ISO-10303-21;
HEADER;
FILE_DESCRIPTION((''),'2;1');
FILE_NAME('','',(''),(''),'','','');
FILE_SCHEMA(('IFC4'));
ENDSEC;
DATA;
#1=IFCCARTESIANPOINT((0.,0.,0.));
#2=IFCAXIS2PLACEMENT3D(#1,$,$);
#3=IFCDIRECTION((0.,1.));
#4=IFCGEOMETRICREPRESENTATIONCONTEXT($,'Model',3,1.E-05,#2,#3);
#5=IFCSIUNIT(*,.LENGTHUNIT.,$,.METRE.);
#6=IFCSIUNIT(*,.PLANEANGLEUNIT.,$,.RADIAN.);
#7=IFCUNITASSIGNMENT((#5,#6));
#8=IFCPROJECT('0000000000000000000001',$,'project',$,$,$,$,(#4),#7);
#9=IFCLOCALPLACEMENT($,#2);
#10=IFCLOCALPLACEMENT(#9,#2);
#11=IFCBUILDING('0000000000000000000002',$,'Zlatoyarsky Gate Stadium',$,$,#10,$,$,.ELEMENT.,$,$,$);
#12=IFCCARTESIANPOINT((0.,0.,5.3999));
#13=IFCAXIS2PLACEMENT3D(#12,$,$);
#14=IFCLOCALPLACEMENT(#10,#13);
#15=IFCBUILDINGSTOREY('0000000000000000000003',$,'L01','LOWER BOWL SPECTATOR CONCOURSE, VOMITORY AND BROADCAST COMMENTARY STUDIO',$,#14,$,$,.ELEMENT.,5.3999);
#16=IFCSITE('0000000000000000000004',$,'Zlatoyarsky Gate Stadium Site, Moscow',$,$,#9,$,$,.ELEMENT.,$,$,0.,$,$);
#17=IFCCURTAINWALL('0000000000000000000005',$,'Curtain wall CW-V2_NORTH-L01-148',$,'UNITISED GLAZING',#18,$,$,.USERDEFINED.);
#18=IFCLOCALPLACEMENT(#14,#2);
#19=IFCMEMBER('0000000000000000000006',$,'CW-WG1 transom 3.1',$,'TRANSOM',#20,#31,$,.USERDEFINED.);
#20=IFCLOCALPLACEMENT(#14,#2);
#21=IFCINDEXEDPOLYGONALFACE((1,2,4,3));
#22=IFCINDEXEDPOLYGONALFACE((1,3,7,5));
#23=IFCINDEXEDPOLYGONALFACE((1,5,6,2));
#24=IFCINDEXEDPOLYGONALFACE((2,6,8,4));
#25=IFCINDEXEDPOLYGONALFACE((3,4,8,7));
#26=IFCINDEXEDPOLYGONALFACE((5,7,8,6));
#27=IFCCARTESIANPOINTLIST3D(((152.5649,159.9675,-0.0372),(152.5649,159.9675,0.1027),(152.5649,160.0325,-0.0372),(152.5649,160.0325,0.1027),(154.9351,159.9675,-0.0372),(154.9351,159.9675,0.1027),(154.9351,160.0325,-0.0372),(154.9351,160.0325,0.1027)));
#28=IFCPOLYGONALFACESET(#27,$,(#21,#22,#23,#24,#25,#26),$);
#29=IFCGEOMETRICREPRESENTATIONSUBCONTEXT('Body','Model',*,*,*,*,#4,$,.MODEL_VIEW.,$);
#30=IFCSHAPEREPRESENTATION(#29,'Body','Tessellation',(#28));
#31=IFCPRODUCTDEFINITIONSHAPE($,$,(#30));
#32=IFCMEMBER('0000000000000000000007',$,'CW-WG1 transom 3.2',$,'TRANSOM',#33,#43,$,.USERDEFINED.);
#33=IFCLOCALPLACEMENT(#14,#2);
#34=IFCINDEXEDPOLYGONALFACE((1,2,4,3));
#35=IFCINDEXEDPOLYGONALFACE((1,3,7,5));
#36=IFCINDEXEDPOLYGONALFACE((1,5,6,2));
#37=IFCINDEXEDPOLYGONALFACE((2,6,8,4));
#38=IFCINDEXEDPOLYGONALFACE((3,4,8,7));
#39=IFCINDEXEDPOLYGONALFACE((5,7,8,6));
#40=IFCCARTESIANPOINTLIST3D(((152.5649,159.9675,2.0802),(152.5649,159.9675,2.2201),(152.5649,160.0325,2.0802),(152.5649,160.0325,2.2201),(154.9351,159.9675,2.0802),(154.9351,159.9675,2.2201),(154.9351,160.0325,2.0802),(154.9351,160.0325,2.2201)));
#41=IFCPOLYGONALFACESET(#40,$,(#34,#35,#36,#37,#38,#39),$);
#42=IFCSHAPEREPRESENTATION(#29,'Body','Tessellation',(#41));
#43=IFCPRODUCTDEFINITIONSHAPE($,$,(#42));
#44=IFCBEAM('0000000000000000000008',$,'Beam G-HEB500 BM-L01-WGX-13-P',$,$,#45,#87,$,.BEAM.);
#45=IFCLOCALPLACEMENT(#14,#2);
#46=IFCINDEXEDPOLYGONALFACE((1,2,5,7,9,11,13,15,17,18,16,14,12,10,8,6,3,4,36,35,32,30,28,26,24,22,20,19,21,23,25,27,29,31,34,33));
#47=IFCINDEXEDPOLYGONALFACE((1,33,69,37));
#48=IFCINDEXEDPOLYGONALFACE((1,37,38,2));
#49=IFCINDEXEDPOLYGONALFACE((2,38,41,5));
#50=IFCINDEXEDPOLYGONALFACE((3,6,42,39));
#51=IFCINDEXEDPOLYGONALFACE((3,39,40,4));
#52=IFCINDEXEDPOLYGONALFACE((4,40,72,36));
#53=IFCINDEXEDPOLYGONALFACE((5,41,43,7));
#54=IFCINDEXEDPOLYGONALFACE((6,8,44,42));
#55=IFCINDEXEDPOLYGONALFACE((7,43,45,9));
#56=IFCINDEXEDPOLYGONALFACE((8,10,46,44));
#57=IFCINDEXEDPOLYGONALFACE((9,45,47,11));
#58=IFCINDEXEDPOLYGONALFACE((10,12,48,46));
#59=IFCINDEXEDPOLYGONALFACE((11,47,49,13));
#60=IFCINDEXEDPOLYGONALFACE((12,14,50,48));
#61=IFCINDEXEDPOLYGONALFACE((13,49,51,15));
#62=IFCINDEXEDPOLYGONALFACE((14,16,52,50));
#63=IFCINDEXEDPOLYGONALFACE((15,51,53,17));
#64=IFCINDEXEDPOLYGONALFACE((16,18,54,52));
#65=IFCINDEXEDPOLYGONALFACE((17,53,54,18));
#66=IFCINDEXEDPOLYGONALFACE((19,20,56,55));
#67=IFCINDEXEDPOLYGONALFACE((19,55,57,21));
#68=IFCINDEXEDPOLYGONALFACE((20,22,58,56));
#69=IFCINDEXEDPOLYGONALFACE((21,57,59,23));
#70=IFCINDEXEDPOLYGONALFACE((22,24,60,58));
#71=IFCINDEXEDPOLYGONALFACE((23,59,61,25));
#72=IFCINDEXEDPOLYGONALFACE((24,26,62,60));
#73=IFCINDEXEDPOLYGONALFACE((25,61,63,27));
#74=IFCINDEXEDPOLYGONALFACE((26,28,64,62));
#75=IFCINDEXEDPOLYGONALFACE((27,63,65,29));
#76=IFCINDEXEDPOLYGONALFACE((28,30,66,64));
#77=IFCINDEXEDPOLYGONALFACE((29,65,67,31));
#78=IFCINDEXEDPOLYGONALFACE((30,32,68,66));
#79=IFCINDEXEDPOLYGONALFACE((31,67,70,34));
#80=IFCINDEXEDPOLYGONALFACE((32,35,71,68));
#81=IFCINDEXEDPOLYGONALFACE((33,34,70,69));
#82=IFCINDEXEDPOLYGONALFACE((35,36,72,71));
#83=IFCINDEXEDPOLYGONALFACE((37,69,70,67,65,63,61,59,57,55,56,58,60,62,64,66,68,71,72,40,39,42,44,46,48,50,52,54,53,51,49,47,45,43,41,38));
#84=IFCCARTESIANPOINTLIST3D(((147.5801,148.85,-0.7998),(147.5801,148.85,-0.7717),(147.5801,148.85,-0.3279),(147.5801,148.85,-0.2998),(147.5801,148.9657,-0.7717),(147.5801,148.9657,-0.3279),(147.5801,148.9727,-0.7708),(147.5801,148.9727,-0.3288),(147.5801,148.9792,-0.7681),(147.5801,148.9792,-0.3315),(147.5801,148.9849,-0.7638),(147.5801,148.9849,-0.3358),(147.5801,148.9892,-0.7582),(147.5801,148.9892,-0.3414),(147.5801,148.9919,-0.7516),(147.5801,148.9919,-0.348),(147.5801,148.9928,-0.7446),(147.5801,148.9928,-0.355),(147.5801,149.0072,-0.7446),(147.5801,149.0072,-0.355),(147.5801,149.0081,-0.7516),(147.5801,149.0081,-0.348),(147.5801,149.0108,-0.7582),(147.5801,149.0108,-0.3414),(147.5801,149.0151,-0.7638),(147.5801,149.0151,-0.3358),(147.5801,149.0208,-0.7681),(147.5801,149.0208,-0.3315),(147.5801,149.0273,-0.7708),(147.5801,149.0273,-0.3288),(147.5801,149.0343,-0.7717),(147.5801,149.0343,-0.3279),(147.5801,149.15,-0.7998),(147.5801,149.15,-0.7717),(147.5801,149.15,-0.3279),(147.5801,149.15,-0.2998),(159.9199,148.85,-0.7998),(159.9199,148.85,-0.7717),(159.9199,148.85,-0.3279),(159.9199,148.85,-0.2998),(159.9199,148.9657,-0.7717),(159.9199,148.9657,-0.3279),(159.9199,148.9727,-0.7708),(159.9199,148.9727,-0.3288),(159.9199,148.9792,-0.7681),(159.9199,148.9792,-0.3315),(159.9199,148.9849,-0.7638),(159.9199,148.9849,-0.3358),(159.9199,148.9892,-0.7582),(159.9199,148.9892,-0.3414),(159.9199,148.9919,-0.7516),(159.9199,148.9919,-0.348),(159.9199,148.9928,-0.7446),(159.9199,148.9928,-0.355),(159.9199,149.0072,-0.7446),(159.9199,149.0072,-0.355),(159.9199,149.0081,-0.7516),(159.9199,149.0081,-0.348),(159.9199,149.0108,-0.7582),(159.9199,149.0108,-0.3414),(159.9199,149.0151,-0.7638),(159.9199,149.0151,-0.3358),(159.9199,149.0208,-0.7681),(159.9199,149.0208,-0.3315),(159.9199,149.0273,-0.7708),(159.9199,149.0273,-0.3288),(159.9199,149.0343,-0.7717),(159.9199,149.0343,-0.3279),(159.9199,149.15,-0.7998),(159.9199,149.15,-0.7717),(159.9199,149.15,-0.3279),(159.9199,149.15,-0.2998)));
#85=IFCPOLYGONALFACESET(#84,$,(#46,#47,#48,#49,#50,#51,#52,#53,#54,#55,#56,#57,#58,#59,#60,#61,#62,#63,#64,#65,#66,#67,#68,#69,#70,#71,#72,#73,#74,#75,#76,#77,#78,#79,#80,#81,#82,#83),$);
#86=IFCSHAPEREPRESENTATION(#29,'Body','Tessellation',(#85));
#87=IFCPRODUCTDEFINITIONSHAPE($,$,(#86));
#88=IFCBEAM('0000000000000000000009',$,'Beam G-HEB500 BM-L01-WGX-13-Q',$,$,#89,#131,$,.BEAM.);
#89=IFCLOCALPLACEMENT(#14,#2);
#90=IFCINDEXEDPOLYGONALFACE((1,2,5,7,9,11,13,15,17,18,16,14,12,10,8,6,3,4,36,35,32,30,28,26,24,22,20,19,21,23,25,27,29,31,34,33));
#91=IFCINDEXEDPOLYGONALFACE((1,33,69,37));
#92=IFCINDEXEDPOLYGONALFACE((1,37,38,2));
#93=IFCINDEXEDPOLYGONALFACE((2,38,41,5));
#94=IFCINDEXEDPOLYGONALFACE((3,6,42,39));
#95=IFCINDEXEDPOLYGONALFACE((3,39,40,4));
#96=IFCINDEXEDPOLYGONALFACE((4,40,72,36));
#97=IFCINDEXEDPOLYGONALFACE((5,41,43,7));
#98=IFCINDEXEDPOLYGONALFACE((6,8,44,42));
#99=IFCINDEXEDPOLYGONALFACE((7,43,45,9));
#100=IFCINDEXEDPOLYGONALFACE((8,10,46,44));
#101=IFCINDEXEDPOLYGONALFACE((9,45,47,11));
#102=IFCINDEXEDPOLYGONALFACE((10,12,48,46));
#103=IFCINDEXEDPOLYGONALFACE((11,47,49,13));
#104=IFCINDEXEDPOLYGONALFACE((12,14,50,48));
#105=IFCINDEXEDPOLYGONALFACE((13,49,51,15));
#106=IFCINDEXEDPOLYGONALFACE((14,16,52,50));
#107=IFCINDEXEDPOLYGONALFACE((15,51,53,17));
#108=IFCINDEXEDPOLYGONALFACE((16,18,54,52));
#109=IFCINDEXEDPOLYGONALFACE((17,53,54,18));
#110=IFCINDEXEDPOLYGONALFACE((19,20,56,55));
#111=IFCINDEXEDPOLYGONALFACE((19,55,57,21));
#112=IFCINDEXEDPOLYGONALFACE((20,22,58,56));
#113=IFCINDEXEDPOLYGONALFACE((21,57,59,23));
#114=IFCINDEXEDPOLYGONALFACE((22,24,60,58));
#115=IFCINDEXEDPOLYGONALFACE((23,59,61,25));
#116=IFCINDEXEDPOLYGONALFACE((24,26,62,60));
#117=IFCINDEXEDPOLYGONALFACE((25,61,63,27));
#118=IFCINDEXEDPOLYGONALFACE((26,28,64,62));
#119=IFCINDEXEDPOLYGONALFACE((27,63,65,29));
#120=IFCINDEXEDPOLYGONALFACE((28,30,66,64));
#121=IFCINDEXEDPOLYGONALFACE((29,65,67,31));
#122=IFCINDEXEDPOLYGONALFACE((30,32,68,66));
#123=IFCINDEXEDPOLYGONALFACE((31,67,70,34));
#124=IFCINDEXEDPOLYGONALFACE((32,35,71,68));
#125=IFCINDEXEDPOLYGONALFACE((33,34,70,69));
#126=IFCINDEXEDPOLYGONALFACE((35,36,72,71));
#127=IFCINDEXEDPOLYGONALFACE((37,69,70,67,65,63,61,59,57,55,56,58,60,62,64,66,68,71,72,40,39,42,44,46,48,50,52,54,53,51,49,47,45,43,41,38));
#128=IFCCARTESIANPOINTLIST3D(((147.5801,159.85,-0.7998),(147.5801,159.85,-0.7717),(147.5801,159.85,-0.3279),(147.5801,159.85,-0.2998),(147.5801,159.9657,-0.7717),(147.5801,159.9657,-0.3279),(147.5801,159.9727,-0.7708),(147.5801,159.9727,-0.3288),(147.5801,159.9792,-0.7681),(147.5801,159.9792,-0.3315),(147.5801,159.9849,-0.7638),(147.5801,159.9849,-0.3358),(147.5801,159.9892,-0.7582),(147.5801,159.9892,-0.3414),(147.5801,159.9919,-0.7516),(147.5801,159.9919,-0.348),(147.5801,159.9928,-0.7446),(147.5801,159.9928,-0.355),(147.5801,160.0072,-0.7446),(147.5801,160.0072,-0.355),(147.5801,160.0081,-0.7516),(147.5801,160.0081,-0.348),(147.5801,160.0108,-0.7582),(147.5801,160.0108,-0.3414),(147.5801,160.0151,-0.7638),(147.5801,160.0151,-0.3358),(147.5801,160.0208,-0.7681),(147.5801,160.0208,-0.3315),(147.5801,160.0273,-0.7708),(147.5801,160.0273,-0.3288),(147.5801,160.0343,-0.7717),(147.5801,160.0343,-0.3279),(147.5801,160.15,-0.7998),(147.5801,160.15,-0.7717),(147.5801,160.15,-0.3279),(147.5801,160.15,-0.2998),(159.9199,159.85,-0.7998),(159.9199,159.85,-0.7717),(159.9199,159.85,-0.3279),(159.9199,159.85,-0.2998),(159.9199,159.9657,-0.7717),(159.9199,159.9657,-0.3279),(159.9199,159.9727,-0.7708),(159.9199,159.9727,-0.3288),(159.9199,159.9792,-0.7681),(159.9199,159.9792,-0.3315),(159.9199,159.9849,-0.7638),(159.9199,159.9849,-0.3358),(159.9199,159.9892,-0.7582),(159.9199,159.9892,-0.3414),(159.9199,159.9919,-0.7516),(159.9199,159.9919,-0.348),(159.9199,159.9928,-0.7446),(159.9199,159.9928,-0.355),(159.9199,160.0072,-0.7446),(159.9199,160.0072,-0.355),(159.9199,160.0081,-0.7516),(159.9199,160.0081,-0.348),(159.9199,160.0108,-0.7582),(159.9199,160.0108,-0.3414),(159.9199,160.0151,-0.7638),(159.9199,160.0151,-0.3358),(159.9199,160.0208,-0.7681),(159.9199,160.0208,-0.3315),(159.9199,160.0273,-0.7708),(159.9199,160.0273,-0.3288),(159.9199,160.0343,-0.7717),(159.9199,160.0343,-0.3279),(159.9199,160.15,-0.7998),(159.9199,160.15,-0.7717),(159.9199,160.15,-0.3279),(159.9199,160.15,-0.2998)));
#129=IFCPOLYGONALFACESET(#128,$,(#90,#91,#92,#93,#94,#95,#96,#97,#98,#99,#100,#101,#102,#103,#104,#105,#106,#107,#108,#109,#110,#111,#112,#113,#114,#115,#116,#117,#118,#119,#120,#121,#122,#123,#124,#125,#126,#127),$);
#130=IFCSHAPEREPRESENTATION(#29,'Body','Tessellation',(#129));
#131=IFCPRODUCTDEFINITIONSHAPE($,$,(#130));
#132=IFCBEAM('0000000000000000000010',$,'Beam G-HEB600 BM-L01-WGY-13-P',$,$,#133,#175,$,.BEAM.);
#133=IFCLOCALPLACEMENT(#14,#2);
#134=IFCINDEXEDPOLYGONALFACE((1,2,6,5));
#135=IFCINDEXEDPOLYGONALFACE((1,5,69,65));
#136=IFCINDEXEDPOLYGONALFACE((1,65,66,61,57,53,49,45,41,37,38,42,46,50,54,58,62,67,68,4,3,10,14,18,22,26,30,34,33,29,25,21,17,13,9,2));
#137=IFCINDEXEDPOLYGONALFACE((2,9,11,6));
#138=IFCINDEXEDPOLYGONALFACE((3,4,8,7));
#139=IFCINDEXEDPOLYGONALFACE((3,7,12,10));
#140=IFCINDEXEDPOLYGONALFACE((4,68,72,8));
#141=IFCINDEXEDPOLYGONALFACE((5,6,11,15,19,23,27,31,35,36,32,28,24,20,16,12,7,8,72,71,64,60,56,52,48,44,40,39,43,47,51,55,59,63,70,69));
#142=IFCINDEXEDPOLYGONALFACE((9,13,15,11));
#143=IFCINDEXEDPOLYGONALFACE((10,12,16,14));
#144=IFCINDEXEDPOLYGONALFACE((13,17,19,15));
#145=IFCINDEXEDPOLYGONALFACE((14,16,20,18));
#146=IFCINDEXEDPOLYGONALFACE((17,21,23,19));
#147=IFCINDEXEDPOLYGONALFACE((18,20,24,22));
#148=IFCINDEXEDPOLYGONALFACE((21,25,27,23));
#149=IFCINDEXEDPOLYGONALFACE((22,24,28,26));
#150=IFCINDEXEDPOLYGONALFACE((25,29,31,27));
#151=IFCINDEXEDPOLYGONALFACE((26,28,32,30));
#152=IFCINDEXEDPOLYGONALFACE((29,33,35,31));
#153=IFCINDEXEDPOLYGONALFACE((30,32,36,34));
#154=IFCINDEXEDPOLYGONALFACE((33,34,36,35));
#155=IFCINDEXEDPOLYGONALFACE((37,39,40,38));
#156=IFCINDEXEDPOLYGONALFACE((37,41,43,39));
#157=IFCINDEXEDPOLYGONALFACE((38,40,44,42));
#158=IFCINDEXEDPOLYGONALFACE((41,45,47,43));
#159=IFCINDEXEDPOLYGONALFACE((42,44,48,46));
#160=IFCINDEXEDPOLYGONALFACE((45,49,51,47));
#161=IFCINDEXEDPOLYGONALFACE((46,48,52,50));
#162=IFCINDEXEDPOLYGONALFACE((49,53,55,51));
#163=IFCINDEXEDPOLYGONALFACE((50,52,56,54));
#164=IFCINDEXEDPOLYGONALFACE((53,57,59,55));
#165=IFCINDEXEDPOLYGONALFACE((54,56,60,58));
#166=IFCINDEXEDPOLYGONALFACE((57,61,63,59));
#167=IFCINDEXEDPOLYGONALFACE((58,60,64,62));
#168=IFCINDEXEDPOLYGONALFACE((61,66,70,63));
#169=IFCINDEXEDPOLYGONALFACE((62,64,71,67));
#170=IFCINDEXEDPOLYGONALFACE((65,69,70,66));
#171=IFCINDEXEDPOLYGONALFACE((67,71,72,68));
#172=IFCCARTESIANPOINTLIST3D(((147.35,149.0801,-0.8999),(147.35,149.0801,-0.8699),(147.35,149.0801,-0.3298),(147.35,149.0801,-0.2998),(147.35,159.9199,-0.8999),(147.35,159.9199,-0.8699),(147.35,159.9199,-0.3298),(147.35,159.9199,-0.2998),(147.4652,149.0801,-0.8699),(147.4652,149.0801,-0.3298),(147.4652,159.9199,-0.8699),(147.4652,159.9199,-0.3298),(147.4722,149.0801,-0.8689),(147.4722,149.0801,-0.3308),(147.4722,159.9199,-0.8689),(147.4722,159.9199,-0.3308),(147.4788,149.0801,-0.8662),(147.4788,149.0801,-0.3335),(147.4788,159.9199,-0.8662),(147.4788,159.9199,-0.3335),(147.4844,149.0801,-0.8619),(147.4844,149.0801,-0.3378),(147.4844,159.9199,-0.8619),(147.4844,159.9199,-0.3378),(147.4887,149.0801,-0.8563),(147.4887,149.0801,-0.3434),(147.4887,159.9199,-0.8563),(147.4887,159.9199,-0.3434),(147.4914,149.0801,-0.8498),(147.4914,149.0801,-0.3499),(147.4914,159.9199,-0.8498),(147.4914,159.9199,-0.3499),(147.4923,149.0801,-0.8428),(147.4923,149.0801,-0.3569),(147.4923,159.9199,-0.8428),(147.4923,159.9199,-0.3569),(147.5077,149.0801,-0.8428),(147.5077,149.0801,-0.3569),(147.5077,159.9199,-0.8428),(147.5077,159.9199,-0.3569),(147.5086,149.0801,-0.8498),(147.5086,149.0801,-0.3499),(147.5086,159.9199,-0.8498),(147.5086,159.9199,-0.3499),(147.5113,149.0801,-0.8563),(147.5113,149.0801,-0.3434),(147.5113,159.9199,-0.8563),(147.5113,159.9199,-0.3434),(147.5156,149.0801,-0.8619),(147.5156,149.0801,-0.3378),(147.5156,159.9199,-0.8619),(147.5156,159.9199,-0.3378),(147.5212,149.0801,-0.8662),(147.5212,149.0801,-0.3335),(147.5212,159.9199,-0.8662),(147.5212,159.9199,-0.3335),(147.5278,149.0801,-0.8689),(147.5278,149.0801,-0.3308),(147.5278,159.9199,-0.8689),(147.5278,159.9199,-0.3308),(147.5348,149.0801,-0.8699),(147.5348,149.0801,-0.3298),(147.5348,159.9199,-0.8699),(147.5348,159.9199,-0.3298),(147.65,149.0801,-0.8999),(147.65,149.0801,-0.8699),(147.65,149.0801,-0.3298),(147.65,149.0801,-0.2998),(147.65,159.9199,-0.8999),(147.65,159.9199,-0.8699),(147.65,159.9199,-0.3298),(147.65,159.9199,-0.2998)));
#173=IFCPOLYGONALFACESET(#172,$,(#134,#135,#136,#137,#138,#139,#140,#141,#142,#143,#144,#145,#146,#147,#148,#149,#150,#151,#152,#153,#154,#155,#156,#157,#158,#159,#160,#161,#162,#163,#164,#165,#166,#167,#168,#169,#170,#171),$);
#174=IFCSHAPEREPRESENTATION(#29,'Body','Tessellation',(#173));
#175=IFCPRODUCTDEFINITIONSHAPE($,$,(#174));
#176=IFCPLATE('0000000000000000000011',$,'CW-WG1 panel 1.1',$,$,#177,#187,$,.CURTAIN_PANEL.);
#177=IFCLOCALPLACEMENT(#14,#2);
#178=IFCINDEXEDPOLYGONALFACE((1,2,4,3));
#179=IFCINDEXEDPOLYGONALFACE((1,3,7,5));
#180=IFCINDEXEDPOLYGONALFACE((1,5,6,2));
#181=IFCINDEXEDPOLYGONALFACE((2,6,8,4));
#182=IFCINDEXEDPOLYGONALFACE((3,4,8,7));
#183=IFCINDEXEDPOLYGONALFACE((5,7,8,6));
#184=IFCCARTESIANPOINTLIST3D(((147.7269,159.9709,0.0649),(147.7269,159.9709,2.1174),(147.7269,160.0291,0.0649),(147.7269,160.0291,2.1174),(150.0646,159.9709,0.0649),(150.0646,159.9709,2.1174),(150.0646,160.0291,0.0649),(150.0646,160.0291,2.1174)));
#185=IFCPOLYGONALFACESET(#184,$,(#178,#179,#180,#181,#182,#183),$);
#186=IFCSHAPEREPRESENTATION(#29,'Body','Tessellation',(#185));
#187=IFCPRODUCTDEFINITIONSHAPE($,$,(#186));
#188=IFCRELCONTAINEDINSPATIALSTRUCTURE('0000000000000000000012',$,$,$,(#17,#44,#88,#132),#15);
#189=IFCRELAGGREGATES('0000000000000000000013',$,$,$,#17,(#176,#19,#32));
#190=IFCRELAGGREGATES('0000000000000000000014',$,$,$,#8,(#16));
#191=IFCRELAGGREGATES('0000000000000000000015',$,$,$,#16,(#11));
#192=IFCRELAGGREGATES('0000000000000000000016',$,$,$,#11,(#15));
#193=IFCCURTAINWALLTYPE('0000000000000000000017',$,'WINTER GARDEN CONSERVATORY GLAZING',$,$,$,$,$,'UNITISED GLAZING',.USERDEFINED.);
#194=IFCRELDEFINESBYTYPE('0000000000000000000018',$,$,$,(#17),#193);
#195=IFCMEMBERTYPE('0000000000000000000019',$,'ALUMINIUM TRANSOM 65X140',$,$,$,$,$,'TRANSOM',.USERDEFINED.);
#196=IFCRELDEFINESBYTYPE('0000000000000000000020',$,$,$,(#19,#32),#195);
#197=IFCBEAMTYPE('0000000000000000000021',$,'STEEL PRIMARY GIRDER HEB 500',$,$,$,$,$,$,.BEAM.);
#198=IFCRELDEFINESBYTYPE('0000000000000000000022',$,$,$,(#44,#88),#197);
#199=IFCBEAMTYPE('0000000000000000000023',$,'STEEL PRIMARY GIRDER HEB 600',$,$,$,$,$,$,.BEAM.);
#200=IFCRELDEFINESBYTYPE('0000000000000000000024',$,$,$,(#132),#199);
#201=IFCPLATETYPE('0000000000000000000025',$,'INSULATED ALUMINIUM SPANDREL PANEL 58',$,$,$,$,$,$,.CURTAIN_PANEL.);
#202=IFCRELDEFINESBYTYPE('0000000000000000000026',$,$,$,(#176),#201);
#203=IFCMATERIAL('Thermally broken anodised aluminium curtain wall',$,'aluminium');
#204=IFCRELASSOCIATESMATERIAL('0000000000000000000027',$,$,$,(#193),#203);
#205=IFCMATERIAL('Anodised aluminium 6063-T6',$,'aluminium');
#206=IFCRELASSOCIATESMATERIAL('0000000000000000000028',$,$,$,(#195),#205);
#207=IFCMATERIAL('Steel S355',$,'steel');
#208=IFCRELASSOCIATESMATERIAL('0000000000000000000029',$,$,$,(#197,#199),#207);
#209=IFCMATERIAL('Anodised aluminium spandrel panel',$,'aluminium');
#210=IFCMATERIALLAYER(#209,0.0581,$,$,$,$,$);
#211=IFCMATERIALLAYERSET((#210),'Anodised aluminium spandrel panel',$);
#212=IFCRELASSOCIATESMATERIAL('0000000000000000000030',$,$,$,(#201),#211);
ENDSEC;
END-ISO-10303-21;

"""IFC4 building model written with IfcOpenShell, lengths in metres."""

from ifc_helpers import new_model, si_unit, direction, frame, origin, origin_2d, place, context, subcontext, project, spatial, rectangle, i_section, extrude, material, layer, layer_set, material_profile, profile_set, type_object, element, aggregate, save


model = new_model("IFC4")

# Units and contexts
model_context = context("Model", 3, precision=1e-05, world=origin(), true_north=direction((0.0, 1.0)))
body_context = subcontext(model_context, "Body", "Model", "MODEL_VIEW")
ifc_project = project(units=[si_unit("LENGTHUNIT", "METRE"), si_unit("PLANEANGLEUNIT", "RADIAN")], contexts=[model_context])

# Site, building, storey
site_placement = place(None, origin())
site = spatial("IfcSite", under=ifc_project, at=site_placement, Name="Zlatoyarsky Gate Stadium Site, Moscow", CompositionType="ELEMENT", RefElevation=0.0)
building_placement = place(site_placement, origin())
building = spatial("IfcBuilding", under=site, at=building_placement, Name="Zlatoyarsky Gate Stadium", CompositionType="ELEMENT")
storey_placement = place(building_placement, frame((0.0, 0.0, 5.3999)))
storey = spatial("IfcBuildingStorey", under=building, at=storey_placement, Name="L01", Description="LOWER BOWL SPECTATOR CONCOURSE, VOMITORY AND BROADCAST COMMENTARY STUDIO", CompositionType="ELEMENT", Elevation=5.3999)

# Shared definitions
ifc_material_1 = material(Name="Steel S355", Category="steel")

# Curtain wall, members
ifc_material_2 = material(Name="Thermally broken anodised aluminium curtain wall", Category="aluminium")
curtain_wall_type_1 = type_object("IfcCurtainWallType", Name="WINTER GARDEN CONSERVATORY GLAZING", ElementType="UNITISED GLAZING", PredefinedType="USERDEFINED", material=ifc_material_2)
curtain_wall_1_placement = place(storey_placement, origin())
curtain_wall_1 = element("IfcCurtainWall", 1, at=curtain_wall_1_placement, inside=storey, type_object=curtain_wall_type_1, Name="Curtain wall CW-V2_NORTH-L01-148", ObjectType="UNITISED GLAZING", PredefinedType="USERDEFINED")
ifc_material_3 = material(Name="Anodised aluminium 6063-T6", Category="aluminium")
ifc_material_profile_1 = material_profile(ifc_material_3, rectangle(XDim=0.0649, YDim=0.1399, at=origin_2d()), Name="ALU 65X140")
ifc_profile_set_1 = profile_set([ifc_material_profile_1], Name="Anodised aluminium 6063-T6")
member_type_1 = type_object("IfcMemberType", Name="ALUMINIUM TRANSOM 65X140", ElementType="TRANSOM", PredefinedType="USERDEFINED", material=ifc_profile_set_1)
member_1_placement = place(storey_placement, frame((152.5649, 160.0, 0.0327), z_axis=(1.0, 0.0, 0.0), x_axis=(0.0, 1.0, 0.0)))
member_1 = element("IfcMember", 2, at=member_1_placement, type_object=member_type_1, Name="CW-WG1 transom 3.1", ObjectType="TRANSOM", PredefinedType="USERDEFINED", context=body_context, shape_type="SweptSolid", body=[
    extrude(rectangle(XDim=0.0649, YDim=0.1399, at=origin_2d()), origin(), (0.0, 0.0, 1.0), 2.3701),
])
member_2_placement = place(storey_placement, frame((152.5649, 160.0, 2.1501), z_axis=(1.0, 0.0, 0.0), x_axis=(0.0, 1.0, 0.0)))
member_2 = element("IfcMember", 3, at=member_2_placement, type_object=member_type_1, Name="CW-WG1 transom 3.2", ObjectType="TRANSOM", PredefinedType="USERDEFINED", context=body_context, shape_type="SweptSolid", body=[
    extrude(rectangle(XDim=0.0649, YDim=0.1399, at=origin_2d()), origin(), (0.0, 0.0, 1.0), 2.3701),
])

# Beams
ifc_material_profile_2 = material_profile(ifc_material_1, i_section(OverallWidth=0.3, OverallDepth=0.5, WebThickness=0.0144, FlangeThickness=0.0281, FilletRadius=0.0271, at=origin_2d()), Name="HEB 500")
ifc_profile_set_2 = profile_set([ifc_material_profile_2], Name="Steel S355")
beam_type_1 = type_object("IfcBeamType", Name="STEEL PRIMARY GIRDER HEB 500", PredefinedType="BEAM", material=ifc_profile_set_2)
for number, where, z_axis, x_axis, name in (
    (4, (147.5801, 149.0, -0.5498), (1.0, 0.0, 0.0), (0.0, 1.0, 0.0), "Beam G-HEB500 BM-L01-WGX-13-P"),
    (5, (147.5801, 160.0, -0.5498), (1.0, 0.0, 0.0), (0.0, 1.0, 0.0), "Beam G-HEB500 BM-L01-WGX-13-Q"),
):
    element("IfcBeam", number, at=place(storey_placement, frame(where, z_axis=z_axis, x_axis=x_axis)), inside=storey, type_object=beam_type_1, Name=name, PredefinedType="BEAM", context=body_context, shape_type="SweptSolid", body=[
        extrude(i_section(OverallWidth=0.3, OverallDepth=0.5, WebThickness=0.0144, FlangeThickness=0.0281, FilletRadius=0.0271, at=origin_2d()), origin(), (0.0, 0.0, 1.0), 12.3398),
    ])
ifc_material_profile_3 = material_profile(ifc_material_1, i_section(OverallWidth=0.3, OverallDepth=0.6001, WebThickness=0.0154, FlangeThickness=0.03, FilletRadius=0.0271, at=origin_2d()), Name="HEB 600")
ifc_profile_set_3 = profile_set([ifc_material_profile_3], Name="Steel S355")
beam_type_2 = type_object("IfcBeamType", Name="STEEL PRIMARY GIRDER HEB 600", PredefinedType="BEAM", material=ifc_profile_set_3)
beam_placement = place(storey_placement, frame((147.5, 149.0801, -0.5999), z_axis=(0.0, 1.0, 0.0), x_axis=(-1.0, 0.0, 0.0)))
element("IfcBeam", 6, at=beam_placement, inside=storey, type_object=beam_type_2, Name="Beam G-HEB600 BM-L01-WGY-13-P", PredefinedType="BEAM", context=body_context, shape_type="SweptSolid", body=[
    extrude(i_section(OverallWidth=0.3, OverallDepth=0.6001, WebThickness=0.0154, FlangeThickness=0.03, FilletRadius=0.0271, at=origin_2d()), origin(), (0.0, 0.0, 1.0), 10.8398),
])

# Plate
ifc_material_4 = material(Name="Anodised aluminium spandrel panel", Category="aluminium")
ifc_layer_1 = layer(ifc_material_4, 0.0581)
ifc_layer_set_1 = layer_set([ifc_layer_1], Name="Anodised aluminium spandrel panel")
plate_type_1 = type_object("IfcPlateType", Name="INSULATED ALUMINIUM SPANDREL PANEL 58", PredefinedType="CURTAIN_PANEL", material=ifc_layer_set_1)
plate_1_placement = place(storey_placement, frame((148.8958, 160.0, 0.0649), z_axis=(0.0, 0.0, 1.0), x_axis=(1.0, 0.0, 0.0)))
plate_1 = element("IfcPlate", 7, at=plate_1_placement, type_object=plate_type_1, Name="CW-WG1 panel 1.1", PredefinedType="CURTAIN_PANEL", context=body_context, shape_type="SweptSolid", body=[
    extrude(rectangle(XDim=2.3376, YDim=0.0581, at=origin_2d()), origin(), (0.0, 0.0, 1.0), 2.0525),
])
aggregate(curtain_wall_1, [plate_1, member_1, member_2])

save(model, "model.ifc")
